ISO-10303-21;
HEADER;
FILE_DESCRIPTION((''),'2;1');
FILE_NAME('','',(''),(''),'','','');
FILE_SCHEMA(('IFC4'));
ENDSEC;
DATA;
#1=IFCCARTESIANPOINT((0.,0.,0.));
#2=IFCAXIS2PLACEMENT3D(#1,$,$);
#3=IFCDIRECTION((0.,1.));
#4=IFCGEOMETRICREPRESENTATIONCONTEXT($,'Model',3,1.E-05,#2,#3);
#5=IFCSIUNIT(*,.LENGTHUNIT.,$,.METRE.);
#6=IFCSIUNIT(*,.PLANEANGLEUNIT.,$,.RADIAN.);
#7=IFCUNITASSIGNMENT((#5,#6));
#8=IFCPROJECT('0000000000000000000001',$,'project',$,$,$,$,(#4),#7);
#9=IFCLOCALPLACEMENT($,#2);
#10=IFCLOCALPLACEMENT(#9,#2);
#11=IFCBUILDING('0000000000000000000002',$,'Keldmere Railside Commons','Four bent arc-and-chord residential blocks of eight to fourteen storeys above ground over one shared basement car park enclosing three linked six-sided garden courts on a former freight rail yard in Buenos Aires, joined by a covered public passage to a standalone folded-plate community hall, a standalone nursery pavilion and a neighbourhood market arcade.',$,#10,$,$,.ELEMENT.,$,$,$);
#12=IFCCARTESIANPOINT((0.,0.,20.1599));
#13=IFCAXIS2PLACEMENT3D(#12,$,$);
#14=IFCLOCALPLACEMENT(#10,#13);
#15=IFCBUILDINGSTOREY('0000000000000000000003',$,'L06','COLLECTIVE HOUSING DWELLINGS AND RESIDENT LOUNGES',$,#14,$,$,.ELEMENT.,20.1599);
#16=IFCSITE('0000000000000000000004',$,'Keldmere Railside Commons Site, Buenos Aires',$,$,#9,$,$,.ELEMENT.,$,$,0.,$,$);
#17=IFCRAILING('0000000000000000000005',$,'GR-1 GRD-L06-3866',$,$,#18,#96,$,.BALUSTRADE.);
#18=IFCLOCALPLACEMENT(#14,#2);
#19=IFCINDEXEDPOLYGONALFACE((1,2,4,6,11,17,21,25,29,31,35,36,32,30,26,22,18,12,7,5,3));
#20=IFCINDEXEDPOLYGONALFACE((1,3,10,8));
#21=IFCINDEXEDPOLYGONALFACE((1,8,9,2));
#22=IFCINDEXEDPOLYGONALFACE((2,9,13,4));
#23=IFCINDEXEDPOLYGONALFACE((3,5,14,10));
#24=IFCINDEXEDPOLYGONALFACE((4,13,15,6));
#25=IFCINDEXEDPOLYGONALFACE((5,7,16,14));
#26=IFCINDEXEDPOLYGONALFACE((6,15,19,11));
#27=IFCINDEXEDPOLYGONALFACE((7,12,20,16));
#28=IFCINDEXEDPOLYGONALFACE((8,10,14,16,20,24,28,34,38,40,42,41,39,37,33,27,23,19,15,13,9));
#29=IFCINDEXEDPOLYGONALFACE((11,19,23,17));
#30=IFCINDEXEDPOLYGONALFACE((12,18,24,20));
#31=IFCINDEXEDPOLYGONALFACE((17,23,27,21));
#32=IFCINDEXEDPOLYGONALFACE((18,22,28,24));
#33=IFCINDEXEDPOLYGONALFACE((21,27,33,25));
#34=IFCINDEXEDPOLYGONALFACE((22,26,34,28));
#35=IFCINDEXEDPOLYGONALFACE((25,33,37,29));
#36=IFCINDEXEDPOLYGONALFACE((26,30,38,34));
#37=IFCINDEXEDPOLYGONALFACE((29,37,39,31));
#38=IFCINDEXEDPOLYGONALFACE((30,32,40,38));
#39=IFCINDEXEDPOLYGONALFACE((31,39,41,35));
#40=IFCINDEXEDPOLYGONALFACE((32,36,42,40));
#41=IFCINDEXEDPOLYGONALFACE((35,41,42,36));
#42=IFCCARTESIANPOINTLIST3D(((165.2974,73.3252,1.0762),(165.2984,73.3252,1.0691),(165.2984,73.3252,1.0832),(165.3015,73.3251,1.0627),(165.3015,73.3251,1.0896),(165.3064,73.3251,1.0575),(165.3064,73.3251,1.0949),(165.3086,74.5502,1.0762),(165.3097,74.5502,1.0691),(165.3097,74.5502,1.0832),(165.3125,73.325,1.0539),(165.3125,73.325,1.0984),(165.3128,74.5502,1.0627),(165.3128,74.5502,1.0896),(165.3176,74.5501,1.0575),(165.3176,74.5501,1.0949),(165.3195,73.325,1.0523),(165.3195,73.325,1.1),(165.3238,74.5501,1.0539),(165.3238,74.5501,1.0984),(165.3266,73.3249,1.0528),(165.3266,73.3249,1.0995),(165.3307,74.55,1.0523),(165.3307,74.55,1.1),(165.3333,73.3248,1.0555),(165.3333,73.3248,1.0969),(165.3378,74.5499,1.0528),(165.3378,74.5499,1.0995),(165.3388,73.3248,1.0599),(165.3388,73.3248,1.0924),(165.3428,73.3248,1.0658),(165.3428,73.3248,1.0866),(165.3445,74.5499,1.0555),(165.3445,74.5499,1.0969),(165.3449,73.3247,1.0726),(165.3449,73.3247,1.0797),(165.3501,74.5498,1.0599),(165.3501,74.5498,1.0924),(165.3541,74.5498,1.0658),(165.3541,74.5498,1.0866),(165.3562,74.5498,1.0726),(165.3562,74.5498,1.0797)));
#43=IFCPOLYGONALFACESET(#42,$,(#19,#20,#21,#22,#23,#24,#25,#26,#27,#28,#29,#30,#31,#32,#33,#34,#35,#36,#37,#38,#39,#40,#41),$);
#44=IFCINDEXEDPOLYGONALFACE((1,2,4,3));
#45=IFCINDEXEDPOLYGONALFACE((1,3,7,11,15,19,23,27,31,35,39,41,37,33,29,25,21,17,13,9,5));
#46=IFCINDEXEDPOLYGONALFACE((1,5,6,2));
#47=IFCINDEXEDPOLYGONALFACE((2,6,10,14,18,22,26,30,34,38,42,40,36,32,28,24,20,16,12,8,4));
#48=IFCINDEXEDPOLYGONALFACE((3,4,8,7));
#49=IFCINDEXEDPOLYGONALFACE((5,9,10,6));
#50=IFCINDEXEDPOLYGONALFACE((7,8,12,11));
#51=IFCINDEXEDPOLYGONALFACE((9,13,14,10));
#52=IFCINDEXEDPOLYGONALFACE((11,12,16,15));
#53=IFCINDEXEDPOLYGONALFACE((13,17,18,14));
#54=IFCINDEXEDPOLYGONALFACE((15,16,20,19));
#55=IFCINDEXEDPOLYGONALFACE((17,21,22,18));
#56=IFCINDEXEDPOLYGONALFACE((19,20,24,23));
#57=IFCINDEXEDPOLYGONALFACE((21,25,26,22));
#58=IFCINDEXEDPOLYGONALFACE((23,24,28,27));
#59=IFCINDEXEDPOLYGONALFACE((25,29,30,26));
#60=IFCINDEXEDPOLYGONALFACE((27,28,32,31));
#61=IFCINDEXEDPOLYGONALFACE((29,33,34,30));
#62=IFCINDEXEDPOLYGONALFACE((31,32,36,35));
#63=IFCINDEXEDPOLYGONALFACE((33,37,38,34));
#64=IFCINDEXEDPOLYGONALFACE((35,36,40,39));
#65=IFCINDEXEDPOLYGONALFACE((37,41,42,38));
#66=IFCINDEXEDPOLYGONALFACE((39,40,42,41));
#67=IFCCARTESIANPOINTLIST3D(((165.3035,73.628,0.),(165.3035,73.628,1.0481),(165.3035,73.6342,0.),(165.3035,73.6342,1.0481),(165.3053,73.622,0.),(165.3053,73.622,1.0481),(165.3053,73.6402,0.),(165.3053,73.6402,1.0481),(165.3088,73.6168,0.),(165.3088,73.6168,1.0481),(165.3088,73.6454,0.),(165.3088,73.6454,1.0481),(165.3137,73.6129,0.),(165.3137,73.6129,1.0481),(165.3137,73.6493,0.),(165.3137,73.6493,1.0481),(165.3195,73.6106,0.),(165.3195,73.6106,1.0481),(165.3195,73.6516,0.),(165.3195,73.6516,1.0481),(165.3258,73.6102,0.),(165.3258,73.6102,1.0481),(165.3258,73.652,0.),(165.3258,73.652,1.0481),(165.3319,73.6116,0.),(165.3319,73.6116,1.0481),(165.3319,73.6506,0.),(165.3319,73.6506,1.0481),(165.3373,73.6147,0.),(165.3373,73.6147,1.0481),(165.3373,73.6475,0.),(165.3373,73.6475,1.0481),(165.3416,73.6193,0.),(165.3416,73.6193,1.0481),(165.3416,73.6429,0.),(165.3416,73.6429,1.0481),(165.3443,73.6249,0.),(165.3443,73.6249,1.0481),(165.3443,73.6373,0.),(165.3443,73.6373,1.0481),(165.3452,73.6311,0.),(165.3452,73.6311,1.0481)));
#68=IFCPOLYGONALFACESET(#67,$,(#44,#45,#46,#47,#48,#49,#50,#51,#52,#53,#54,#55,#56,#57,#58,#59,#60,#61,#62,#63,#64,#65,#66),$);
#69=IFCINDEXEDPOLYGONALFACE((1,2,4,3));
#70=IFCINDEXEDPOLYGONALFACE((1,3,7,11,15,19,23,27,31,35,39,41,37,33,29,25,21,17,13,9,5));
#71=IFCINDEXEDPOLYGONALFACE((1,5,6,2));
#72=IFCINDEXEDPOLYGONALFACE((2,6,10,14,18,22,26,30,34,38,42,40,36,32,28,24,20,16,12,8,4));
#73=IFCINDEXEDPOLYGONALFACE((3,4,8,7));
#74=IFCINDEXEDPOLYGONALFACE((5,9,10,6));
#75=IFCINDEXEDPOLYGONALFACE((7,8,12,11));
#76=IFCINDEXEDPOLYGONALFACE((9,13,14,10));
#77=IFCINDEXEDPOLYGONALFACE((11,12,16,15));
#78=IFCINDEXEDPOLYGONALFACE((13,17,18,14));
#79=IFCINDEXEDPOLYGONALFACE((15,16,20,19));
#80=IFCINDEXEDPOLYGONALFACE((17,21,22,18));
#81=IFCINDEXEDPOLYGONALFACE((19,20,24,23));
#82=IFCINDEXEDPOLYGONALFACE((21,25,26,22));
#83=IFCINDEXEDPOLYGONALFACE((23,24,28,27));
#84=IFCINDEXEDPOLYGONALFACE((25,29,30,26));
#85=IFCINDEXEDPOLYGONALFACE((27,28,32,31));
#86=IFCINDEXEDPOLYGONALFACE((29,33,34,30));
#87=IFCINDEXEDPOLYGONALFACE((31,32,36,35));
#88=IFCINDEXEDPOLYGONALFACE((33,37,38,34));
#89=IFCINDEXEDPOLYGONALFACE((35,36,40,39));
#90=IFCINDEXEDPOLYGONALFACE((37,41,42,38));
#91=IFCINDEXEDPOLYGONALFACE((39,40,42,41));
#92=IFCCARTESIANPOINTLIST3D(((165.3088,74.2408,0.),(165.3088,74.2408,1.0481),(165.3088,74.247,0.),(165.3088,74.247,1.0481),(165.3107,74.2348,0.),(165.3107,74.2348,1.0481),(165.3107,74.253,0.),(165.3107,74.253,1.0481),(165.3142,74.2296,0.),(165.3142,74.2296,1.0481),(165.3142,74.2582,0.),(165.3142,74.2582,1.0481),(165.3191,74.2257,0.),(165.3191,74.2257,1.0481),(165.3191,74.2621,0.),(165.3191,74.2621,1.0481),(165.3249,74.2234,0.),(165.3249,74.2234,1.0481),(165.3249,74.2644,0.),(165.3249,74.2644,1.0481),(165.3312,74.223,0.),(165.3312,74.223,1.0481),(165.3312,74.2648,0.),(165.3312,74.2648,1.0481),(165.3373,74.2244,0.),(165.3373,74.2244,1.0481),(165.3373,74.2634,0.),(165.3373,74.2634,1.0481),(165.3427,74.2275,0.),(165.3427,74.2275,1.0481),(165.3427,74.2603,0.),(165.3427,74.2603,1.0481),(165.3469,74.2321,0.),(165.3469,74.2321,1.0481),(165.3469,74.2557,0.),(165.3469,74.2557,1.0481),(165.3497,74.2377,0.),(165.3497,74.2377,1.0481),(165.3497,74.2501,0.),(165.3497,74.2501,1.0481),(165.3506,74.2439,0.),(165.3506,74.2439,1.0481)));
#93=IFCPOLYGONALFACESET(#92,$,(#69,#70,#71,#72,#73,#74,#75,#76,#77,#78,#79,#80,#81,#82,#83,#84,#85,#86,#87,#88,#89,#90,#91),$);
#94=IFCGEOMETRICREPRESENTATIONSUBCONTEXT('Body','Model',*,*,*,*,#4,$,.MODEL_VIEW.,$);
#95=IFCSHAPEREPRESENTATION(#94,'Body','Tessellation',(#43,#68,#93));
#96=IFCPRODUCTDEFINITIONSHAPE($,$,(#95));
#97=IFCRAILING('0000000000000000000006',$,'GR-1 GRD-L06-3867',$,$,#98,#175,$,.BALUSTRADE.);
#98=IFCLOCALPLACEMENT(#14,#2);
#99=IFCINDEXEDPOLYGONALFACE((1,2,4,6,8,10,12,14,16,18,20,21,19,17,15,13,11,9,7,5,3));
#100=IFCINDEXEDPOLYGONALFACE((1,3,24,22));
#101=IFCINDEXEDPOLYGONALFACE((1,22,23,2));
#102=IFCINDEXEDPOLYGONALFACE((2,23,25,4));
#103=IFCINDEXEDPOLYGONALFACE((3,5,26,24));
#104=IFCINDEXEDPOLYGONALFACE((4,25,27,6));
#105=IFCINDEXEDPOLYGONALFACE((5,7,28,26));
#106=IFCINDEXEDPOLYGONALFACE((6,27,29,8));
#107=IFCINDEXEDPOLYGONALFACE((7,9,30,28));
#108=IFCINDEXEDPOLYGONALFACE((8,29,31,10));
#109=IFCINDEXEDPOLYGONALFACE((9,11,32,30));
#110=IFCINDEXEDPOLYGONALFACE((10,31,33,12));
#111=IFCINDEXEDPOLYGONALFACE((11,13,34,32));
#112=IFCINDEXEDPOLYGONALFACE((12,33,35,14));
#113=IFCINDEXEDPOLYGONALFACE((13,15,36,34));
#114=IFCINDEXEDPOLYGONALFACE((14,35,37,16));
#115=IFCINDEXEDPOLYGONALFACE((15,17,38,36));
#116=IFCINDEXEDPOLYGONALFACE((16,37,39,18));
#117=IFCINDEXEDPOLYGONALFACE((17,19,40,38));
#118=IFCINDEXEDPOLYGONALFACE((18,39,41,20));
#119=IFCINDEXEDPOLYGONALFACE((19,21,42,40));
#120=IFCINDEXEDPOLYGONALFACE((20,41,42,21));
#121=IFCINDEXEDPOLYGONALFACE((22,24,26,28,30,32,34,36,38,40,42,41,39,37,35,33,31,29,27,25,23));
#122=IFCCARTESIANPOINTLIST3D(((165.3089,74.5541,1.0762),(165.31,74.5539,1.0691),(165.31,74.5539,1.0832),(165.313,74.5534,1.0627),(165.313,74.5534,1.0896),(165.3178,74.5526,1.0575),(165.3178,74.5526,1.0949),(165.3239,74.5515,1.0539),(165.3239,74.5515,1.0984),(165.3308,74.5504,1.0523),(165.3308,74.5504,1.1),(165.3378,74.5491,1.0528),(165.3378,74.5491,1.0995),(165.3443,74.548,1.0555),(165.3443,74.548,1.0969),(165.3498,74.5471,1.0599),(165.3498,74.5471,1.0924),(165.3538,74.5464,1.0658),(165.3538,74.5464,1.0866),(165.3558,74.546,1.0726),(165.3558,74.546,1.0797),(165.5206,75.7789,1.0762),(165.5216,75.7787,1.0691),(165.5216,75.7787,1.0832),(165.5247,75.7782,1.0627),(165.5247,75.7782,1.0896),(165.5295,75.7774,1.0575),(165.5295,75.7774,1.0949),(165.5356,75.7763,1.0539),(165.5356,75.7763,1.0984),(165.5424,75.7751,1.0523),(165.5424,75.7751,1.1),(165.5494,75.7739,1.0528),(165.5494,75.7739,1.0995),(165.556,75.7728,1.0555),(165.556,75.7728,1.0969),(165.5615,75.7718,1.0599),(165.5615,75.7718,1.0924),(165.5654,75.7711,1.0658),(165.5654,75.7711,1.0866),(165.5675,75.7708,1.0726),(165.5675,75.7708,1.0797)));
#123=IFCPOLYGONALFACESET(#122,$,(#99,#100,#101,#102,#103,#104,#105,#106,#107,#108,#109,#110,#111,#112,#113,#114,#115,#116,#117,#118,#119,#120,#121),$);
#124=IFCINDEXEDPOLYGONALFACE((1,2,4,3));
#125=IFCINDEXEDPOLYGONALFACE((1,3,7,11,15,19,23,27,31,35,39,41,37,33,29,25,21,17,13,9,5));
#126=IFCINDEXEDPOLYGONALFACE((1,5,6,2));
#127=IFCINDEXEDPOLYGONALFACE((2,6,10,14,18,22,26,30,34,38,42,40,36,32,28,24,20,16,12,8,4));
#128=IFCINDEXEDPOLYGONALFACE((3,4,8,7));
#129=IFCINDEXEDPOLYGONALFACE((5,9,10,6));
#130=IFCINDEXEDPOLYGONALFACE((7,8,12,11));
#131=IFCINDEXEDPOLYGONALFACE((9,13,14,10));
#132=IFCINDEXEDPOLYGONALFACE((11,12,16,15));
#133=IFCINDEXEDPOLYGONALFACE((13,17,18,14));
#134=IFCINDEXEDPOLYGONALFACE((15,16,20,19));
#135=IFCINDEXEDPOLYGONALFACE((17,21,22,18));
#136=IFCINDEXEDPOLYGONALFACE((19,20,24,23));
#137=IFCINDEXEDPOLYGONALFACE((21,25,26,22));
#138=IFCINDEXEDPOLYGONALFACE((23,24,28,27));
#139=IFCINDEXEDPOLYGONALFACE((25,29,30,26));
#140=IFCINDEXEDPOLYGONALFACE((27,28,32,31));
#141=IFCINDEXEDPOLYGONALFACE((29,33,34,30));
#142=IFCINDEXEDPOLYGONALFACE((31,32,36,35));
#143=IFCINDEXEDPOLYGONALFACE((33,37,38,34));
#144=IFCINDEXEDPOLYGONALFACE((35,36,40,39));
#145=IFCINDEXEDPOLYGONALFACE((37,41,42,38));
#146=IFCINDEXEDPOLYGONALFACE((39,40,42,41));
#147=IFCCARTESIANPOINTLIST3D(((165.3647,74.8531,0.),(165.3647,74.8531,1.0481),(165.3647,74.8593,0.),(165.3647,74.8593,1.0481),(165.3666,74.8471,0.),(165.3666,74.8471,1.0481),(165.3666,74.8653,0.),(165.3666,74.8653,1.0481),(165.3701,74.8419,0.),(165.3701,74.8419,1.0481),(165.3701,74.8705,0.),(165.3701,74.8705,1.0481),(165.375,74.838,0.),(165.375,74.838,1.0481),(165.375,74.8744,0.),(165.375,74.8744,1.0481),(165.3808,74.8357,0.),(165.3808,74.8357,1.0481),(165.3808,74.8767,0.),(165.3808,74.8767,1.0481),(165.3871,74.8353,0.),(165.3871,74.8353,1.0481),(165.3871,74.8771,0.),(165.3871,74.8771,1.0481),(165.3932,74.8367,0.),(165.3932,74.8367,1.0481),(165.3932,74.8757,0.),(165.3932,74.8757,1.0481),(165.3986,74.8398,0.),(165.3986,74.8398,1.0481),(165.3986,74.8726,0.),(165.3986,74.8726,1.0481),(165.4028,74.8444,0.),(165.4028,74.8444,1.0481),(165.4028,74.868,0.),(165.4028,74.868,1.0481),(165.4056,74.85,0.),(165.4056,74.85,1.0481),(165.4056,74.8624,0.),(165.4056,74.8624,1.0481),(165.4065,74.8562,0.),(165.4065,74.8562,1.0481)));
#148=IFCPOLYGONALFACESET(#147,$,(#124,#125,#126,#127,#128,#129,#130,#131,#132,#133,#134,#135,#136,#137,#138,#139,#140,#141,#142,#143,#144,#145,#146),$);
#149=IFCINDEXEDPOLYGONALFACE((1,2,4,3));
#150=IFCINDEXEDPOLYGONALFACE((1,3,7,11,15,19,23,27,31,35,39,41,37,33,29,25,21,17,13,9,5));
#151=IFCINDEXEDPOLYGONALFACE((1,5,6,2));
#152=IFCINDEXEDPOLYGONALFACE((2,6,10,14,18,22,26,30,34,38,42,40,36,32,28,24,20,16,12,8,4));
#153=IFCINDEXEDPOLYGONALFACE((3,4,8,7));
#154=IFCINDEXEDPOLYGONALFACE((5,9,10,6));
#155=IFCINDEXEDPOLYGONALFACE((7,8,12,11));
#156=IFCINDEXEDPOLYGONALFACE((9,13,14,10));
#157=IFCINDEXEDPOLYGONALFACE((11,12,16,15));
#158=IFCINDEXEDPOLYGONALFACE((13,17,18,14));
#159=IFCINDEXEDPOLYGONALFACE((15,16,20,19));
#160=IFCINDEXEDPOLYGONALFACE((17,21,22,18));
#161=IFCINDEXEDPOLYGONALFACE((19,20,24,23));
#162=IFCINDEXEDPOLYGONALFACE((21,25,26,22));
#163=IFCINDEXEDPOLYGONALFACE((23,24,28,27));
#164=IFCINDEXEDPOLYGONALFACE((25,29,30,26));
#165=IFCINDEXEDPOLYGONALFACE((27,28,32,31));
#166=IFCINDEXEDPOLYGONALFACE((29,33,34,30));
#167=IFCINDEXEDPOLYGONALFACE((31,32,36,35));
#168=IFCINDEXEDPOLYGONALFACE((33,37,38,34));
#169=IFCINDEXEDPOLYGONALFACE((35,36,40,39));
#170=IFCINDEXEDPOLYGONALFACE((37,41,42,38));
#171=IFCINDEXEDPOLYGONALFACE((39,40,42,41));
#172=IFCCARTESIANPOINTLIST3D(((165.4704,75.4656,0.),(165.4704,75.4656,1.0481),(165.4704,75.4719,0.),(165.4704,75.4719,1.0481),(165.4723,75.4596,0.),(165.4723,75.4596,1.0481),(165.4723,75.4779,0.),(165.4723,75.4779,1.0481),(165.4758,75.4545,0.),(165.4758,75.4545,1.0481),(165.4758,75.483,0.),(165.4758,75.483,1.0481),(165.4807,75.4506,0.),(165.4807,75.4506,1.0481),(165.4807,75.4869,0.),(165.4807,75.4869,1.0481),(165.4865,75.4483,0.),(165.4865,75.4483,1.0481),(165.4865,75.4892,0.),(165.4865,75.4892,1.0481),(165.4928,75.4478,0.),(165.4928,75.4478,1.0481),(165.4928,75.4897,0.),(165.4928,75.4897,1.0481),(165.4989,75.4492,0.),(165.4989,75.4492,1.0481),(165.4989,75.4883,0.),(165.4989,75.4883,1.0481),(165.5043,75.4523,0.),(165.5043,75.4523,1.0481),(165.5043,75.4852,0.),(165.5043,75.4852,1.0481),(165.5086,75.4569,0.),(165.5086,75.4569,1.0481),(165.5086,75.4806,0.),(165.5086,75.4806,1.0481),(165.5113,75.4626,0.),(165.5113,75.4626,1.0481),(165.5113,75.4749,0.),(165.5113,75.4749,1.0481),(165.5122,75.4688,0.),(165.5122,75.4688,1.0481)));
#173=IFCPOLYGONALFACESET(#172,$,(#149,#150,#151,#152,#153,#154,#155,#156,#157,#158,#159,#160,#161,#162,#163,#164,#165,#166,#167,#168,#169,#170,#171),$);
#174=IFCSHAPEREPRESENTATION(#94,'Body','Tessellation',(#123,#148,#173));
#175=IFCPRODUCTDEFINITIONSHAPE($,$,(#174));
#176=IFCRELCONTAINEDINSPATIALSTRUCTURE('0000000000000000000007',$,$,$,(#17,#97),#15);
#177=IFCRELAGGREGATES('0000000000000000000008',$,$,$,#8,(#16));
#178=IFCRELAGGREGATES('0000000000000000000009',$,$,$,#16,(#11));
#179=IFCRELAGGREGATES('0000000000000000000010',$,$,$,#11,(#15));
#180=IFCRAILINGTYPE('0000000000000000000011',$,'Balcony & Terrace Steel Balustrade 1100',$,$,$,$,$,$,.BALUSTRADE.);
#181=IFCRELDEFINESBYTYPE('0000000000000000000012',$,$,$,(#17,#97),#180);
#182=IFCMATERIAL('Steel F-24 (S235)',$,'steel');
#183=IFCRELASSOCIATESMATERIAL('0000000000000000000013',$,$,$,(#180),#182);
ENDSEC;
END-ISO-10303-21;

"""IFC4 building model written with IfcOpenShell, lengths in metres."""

from ifc_helpers import new_model, si_unit, direction, frame, origin, origin_2d, place, context, subcontext, project, spatial, circle, extrude, material, type_object, element, save


model = new_model("IFC4")

# Units and contexts
model_context = context("Model", 3, precision=1e-05, world=origin(), true_north=direction((0.0, 1.0)))
body_context = subcontext(model_context, "Body", "Model", "MODEL_VIEW")
ifc_project = project(units=[si_unit("LENGTHUNIT", "METRE"), si_unit("PLANEANGLEUNIT", "RADIAN")], contexts=[model_context])

# Site, building, storey
site_placement = place(None, origin())
site = spatial("IfcSite", under=ifc_project, at=site_placement, Name="Keldmere Railside Commons Site, Buenos Aires", CompositionType="ELEMENT", RefElevation=0.0)
building_placement = place(site_placement, origin())
building = spatial("IfcBuilding", under=site, at=building_placement, Name="Keldmere Railside Commons", Description="Four bent arc-and-chord residential blocks of eight to fourteen storeys above ground over one shared basement car park enclosing three linked six-sided garden courts on a former freight rail yard in Buenos Aires, joined by a covered public passage to a standalone folded-plate community hall, a standalone nursery pavilion and a neighbourhood market arcade.", CompositionType="ELEMENT")
storey_placement = place(building_placement, frame((0.0, 0.0, 20.1599)))
storey = spatial("IfcBuildingStorey", under=building, at=storey_placement, Name="L06", Description="COLLECTIVE HOUSING DWELLINGS AND RESIDENT LOUNGES", CompositionType="ELEMENT", Elevation=20.1599)

# Shared definitions
ifc_material_1 = material(Name="Steel F-24 (S235)", Category="steel")

# Railings
railing_type_1 = type_object("IfcRailingType", Name="Balcony & Terrace Steel Balustrade 1100", PredefinedType="BALUSTRADE", material=ifc_material_1)
railing_1_placement = place(storey_placement, frame((165.3213, 73.325, 0.0)))
element("IfcRailing", 1, at=railing_1_placement, inside=storey, type_object=railing_type_1, Name="GR-1 GRD-L06-3866", PredefinedType="BALUSTRADE", context=body_context, shape_type="SweptSolid", body=[
    extrude(circle(Radius=0.0239, at=origin_2d()), frame((0.0, 0.0, 1.0762), z_axis=(0.009167, 0.999958, 0.0), x_axis=(-0.999958, 0.009167, 0.0)), (0.0, 0.0, 1.0), 1.2251),
    extrude(circle(Radius=0.021, at=origin_2d()), frame((0.0029, 0.3062, 0.0)), (0.0, 0.0, 1.0), 1.0481),
    extrude(circle(Radius=0.021, at=origin_2d()), frame((0.0083, 0.9189, 0.0)), (0.0, 0.0, 1.0), 1.0481),
])
railing_2_placement = place(storey_placement, frame((165.3325, 74.55, 0.0)))
element("IfcRailing", 2, at=railing_2_placement, inside=storey, type_object=railing_type_1, Name="GR-1 GRD-L06-3867", PredefinedType="BALUSTRADE", context=body_context, shape_type="SweptSolid", body=[
    extrude(circle(Radius=0.0239, at=origin_2d()), frame((0.0, 0.0, 1.0762), z_axis=(0.170288, 0.985394, 0.0), x_axis=(-0.985394, 0.170288, 0.0)), (0.0, 0.0, 1.0), 1.2429),
    extrude(circle(Radius=0.021, at=origin_2d()), frame((0.053, 0.3062, 0.0)), (0.0, 0.0, 1.0), 1.0481),
    extrude(circle(Radius=0.021, at=origin_2d()), frame((0.1587, 0.9187, 0.0)), (0.0, 0.0, 1.0), 1.0481),
])

save(model, "model.ifc")
